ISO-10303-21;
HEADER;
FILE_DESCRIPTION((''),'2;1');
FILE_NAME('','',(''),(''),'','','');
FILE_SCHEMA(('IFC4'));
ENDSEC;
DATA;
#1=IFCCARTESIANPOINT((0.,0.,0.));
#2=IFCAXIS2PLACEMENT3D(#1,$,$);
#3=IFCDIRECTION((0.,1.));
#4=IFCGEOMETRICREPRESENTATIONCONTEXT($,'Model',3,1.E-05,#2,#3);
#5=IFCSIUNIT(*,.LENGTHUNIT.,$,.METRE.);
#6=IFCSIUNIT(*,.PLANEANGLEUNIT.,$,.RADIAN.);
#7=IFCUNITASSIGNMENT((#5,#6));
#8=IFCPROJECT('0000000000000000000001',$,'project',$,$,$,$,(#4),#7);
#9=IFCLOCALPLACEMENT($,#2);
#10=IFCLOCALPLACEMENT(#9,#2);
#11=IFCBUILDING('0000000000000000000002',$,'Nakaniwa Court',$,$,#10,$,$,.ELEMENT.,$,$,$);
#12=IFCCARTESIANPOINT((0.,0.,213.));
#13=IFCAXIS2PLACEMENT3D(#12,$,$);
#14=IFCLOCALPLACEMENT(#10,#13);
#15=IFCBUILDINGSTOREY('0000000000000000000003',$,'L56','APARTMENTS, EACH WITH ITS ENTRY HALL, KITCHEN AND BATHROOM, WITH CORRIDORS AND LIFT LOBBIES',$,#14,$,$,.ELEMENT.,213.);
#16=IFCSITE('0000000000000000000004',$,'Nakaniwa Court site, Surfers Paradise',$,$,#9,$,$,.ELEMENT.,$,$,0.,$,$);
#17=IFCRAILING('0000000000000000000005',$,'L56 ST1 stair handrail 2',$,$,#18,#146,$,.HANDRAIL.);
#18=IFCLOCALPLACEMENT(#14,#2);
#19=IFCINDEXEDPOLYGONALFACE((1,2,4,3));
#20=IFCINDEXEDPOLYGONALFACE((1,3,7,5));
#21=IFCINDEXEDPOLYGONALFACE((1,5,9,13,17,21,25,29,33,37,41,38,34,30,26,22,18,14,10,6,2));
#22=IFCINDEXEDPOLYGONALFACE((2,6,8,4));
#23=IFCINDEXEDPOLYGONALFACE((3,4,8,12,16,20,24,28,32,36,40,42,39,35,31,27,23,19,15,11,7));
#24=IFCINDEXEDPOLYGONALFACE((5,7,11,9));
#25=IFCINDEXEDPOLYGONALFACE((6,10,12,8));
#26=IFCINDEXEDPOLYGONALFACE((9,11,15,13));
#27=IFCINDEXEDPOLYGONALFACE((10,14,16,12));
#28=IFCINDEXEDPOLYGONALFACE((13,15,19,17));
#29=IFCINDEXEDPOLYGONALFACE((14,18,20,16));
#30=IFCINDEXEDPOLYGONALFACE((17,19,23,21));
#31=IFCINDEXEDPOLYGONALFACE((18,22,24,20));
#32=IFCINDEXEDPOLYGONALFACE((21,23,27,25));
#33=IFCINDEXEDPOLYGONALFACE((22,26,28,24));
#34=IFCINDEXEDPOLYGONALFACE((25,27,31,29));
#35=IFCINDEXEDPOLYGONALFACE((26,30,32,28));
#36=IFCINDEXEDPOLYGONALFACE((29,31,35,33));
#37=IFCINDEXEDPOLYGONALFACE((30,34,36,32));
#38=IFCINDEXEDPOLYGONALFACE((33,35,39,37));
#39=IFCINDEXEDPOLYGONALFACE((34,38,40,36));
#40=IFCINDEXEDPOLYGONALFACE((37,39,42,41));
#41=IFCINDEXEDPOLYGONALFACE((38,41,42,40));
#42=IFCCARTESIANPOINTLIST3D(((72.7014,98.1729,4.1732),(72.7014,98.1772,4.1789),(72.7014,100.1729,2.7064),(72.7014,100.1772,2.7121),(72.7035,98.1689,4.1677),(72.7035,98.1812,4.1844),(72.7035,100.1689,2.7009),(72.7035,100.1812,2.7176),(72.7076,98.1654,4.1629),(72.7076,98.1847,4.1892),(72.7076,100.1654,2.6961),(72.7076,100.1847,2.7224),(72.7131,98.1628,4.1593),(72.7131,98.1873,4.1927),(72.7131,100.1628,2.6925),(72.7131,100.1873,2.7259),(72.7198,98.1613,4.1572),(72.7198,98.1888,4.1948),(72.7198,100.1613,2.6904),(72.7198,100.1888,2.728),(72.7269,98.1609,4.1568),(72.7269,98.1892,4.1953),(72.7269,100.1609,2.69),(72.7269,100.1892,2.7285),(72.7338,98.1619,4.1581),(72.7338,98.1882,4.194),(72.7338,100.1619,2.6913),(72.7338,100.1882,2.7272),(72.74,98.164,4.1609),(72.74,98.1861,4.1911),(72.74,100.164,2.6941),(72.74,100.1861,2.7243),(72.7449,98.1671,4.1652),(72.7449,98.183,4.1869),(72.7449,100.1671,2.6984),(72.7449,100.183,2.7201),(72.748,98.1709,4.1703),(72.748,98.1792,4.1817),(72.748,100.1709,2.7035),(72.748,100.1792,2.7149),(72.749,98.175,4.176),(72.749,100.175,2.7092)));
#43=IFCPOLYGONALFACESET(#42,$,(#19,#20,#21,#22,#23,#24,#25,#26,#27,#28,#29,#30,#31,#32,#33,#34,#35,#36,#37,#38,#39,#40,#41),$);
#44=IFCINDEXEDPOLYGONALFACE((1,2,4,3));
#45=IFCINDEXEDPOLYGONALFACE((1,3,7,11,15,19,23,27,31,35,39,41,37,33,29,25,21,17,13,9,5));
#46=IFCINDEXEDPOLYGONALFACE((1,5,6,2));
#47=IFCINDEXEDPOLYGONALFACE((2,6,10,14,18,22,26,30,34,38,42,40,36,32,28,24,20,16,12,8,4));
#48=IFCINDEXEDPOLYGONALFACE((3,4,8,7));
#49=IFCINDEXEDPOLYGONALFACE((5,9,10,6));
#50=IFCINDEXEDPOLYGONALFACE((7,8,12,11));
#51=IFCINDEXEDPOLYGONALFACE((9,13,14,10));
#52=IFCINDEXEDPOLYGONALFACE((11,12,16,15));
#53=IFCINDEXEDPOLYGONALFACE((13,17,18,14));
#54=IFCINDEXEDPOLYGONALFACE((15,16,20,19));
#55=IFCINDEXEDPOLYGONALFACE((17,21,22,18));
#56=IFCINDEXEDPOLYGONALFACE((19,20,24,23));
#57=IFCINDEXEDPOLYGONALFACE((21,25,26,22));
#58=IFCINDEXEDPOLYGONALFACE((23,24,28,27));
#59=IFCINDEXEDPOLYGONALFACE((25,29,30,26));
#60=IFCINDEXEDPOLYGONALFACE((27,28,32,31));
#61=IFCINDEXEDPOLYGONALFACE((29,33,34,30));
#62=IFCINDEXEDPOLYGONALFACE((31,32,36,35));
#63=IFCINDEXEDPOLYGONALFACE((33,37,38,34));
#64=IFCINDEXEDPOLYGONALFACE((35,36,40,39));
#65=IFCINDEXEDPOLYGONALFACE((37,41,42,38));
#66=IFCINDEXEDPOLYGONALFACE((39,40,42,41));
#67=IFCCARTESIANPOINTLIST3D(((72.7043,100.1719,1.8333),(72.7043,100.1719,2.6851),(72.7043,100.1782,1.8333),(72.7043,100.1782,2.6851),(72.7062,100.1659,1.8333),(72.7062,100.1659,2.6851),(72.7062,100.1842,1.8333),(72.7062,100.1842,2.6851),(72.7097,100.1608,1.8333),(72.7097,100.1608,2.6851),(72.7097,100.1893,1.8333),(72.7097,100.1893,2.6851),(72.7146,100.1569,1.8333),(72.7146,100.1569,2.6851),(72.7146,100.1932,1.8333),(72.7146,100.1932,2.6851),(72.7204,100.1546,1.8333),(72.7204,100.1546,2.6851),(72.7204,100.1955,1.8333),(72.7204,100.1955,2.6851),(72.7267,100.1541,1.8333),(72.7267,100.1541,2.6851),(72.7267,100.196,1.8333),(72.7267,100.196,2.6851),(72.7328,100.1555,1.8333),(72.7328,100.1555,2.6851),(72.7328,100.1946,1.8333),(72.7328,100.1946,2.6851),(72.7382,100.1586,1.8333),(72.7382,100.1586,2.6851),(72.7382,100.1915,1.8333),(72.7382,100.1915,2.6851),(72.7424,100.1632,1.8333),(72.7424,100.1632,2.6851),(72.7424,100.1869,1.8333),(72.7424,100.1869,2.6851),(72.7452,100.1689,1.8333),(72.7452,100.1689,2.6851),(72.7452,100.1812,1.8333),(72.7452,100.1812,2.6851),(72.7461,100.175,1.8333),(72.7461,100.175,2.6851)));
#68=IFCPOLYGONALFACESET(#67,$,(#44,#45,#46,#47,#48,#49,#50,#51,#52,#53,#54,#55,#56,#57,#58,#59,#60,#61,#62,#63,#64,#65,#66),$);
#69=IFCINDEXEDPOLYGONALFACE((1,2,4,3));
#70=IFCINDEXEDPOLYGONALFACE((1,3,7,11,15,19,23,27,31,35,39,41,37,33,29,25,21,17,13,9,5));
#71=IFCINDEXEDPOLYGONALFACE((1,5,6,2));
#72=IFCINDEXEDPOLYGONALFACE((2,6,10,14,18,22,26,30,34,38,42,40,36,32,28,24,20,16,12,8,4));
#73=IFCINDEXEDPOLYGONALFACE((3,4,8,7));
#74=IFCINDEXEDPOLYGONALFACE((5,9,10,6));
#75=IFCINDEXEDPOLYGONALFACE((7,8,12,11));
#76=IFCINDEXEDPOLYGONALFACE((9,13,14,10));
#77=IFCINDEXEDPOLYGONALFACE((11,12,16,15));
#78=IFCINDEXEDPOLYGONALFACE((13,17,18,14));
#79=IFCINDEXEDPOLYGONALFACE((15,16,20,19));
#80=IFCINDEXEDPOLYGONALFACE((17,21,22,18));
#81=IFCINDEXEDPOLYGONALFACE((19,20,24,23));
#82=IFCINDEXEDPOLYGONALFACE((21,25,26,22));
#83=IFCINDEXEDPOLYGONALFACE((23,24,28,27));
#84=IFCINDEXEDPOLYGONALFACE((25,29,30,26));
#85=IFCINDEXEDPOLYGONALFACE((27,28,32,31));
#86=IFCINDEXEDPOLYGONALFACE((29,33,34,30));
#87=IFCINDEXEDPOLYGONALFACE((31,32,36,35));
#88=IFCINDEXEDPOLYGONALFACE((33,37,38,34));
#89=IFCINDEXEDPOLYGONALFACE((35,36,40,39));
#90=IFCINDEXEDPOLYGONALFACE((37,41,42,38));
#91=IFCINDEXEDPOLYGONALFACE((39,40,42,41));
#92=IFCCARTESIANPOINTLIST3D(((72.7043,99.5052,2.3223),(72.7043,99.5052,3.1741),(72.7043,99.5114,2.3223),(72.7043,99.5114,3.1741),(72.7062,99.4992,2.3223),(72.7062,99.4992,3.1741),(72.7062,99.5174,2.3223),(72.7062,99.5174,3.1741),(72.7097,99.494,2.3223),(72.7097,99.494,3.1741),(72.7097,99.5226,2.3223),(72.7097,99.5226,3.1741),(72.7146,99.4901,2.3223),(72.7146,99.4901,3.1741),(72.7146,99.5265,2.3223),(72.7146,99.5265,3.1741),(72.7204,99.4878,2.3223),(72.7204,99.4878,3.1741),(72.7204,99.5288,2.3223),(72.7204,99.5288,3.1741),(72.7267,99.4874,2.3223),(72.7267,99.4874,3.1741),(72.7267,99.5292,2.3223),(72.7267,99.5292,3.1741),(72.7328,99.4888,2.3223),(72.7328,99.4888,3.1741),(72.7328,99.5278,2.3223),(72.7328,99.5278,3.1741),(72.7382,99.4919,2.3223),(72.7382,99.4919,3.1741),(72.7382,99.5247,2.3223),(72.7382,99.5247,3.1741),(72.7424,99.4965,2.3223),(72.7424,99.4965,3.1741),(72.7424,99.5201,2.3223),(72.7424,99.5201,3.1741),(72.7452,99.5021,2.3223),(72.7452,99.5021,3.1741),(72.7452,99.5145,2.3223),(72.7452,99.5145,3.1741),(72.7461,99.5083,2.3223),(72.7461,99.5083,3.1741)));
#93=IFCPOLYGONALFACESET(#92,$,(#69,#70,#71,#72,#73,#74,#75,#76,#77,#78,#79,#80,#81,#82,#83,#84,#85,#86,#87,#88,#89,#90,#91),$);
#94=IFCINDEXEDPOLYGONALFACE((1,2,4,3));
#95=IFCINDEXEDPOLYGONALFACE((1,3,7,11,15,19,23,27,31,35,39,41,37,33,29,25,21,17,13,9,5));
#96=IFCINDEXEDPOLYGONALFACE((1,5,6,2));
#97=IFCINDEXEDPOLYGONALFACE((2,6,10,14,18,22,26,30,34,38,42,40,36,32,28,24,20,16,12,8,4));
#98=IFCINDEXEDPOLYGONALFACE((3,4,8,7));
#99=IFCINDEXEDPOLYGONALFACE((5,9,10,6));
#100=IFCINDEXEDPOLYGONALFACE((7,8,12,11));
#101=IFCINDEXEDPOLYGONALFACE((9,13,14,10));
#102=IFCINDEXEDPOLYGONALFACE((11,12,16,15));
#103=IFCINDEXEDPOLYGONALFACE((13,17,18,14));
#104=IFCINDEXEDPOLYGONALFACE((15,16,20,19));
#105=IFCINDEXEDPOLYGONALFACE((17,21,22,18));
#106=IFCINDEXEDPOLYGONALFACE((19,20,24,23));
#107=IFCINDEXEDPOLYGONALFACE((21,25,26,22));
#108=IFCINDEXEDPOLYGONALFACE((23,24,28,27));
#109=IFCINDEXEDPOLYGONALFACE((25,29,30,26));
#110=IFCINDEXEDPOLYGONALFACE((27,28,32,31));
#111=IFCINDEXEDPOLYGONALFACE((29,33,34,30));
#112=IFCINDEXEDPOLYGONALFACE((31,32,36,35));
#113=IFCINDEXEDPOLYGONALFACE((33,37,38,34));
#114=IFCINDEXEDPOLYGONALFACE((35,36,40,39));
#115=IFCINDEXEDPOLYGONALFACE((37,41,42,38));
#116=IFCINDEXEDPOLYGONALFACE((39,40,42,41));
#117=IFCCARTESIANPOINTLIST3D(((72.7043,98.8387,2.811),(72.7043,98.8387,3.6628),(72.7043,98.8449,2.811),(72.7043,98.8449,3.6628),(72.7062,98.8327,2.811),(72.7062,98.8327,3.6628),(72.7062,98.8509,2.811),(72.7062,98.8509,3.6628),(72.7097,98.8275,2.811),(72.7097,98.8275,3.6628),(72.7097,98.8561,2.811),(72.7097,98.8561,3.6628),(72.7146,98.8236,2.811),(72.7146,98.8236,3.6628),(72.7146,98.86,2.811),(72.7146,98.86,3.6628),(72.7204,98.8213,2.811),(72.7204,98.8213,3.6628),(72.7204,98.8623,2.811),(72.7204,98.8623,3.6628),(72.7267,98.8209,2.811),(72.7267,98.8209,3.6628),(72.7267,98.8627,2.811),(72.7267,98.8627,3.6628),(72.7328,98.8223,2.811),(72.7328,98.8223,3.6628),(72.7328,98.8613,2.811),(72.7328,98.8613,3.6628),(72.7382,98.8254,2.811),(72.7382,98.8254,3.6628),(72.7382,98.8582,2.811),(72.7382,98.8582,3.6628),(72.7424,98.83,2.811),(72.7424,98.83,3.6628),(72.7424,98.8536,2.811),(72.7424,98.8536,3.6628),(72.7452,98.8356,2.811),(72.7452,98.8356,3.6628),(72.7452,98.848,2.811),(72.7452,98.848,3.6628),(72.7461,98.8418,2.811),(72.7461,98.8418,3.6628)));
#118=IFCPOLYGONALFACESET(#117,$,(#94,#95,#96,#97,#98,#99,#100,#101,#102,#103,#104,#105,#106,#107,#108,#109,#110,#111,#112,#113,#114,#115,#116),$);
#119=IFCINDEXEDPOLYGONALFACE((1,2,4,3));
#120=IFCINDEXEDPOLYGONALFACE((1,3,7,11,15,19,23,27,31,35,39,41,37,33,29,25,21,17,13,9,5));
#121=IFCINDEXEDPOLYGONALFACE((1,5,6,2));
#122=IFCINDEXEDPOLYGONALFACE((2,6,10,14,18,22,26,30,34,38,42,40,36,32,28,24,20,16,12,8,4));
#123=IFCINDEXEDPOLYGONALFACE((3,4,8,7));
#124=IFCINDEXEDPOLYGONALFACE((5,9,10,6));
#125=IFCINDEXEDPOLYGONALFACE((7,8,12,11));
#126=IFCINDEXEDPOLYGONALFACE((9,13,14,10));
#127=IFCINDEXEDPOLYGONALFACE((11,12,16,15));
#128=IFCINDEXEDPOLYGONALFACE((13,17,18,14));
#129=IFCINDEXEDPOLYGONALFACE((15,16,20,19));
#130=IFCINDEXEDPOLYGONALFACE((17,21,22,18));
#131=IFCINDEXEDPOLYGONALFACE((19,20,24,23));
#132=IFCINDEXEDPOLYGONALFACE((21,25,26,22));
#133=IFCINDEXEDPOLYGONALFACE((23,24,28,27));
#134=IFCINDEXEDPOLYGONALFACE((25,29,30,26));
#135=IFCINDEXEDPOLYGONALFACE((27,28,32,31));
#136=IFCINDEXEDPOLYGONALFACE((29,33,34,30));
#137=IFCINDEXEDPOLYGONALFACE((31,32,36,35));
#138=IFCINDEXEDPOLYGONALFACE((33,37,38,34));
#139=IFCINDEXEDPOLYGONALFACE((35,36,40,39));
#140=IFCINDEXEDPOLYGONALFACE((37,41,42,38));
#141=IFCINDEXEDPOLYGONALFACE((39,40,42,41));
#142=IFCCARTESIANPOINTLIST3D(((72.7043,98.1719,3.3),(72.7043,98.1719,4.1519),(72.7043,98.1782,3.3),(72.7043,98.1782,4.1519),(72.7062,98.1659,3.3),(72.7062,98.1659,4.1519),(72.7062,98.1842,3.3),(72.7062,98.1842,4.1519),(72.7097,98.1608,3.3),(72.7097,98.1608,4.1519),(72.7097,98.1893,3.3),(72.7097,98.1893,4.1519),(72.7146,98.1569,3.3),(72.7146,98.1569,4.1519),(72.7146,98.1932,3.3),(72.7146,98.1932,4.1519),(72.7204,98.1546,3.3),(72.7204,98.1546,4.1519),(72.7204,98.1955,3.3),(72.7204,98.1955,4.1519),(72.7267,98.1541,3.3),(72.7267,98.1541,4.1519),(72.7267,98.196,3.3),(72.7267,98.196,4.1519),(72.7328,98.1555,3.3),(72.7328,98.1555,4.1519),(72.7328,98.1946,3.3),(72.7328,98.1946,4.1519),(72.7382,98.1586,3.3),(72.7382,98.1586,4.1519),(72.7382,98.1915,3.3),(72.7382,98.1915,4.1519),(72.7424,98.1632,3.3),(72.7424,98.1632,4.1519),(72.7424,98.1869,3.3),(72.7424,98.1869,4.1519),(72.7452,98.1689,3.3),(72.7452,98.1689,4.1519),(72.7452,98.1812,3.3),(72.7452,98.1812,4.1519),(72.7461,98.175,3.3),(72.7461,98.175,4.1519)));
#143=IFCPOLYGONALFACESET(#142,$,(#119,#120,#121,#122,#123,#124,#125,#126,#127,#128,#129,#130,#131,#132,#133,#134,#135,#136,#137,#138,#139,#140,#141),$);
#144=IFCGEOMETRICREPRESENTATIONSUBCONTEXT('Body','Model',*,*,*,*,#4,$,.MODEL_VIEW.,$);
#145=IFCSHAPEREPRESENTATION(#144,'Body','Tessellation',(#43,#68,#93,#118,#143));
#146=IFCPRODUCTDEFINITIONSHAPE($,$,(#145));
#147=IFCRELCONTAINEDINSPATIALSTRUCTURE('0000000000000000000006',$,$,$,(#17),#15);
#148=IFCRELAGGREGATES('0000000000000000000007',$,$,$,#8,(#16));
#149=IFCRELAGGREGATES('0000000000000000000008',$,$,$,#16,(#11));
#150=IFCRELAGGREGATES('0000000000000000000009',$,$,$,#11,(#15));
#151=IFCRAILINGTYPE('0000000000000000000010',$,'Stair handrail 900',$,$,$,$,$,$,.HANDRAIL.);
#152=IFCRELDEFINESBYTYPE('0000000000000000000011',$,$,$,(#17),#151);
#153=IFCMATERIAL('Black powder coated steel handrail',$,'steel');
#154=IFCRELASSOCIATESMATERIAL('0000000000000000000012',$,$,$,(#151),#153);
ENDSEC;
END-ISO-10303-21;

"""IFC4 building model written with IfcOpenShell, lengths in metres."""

from ifc_helpers import new_model, si_unit, direction, frame, origin, origin_2d, place, context, subcontext, project, spatial, circle, extrude, material, type_object, element, save


model = new_model("IFC4")

# Units and contexts
model_context = context("Model", 3, precision=1e-05, world=origin(), true_north=direction((0.0, 1.0)))
body_context = subcontext(model_context, "Body", "Model", "MODEL_VIEW")
ifc_project = project(units=[si_unit("LENGTHUNIT", "METRE"), si_unit("PLANEANGLEUNIT", "RADIAN")], contexts=[model_context])

# Site, building, storey
site_placement = place(None, origin())
site = spatial("IfcSite", under=ifc_project, at=site_placement, Name="Nakaniwa Court site, Surfers Paradise", CompositionType="ELEMENT", RefElevation=0.0)
building_placement = place(site_placement, origin())
building = spatial("IfcBuilding", under=site, at=building_placement, Name="Nakaniwa Court", CompositionType="ELEMENT")
storey_placement = place(building_placement, frame((0.0, 0.0, 213.0)))
storey = spatial("IfcBuildingStorey", under=building, at=storey_placement, Name="L56", Description="APARTMENTS, EACH WITH ITS ENTRY HALL, KITCHEN AND BATHROOM, WITH CORRIDORS AND LIFT LOBBIES", CompositionType="ELEMENT", Elevation=213.0)

# Railing
ifc_material_1 = material(Name="Black powder coated steel handrail", Category="steel")
railing_type_1 = type_object("IfcRailingType", Name="Stair handrail 900", PredefinedType="HANDRAIL", material=ifc_material_1)
railing_1_placement = place(storey_placement, frame((72.7251, 100.175, 1.8333)))
element("IfcRailing", 1, at=railing_1_placement, inside=storey, type_object=railing_type_1, Name="L56 ST1 stair handrail 2", PredefinedType="HANDRAIL", context=body_context, shape_type="SweptSolid", body=[
    extrude(circle(Radius=0.0239, at=origin_2d()), frame((0.0, 0.0, 0.876), z_axis=(0.0, -0.80638, 0.591398), x_axis=(1.0, 0.0, 0.0)), (0.0, 0.0, 1.0), 2.4802),
    extrude(circle(Radius=0.021, at=origin_2d()), origin(), (0.0, 0.0, 1.0), 0.8518),
    extrude(circle(Radius=0.021, at=origin_2d()), frame((0.0, -0.6667, 0.489)), (0.0, 0.0, 1.0), 0.8518),
    extrude(circle(Radius=0.021, at=origin_2d()), frame((0.0, -1.3333, 0.9778)), (0.0, 0.0, 1.0), 0.8518),
    extrude(circle(Radius=0.021, at=origin_2d()), frame((0.0, -2.0, 1.4668)), (0.0, 0.0, 1.0), 0.8518),
])

save(model, "model.ifc")
